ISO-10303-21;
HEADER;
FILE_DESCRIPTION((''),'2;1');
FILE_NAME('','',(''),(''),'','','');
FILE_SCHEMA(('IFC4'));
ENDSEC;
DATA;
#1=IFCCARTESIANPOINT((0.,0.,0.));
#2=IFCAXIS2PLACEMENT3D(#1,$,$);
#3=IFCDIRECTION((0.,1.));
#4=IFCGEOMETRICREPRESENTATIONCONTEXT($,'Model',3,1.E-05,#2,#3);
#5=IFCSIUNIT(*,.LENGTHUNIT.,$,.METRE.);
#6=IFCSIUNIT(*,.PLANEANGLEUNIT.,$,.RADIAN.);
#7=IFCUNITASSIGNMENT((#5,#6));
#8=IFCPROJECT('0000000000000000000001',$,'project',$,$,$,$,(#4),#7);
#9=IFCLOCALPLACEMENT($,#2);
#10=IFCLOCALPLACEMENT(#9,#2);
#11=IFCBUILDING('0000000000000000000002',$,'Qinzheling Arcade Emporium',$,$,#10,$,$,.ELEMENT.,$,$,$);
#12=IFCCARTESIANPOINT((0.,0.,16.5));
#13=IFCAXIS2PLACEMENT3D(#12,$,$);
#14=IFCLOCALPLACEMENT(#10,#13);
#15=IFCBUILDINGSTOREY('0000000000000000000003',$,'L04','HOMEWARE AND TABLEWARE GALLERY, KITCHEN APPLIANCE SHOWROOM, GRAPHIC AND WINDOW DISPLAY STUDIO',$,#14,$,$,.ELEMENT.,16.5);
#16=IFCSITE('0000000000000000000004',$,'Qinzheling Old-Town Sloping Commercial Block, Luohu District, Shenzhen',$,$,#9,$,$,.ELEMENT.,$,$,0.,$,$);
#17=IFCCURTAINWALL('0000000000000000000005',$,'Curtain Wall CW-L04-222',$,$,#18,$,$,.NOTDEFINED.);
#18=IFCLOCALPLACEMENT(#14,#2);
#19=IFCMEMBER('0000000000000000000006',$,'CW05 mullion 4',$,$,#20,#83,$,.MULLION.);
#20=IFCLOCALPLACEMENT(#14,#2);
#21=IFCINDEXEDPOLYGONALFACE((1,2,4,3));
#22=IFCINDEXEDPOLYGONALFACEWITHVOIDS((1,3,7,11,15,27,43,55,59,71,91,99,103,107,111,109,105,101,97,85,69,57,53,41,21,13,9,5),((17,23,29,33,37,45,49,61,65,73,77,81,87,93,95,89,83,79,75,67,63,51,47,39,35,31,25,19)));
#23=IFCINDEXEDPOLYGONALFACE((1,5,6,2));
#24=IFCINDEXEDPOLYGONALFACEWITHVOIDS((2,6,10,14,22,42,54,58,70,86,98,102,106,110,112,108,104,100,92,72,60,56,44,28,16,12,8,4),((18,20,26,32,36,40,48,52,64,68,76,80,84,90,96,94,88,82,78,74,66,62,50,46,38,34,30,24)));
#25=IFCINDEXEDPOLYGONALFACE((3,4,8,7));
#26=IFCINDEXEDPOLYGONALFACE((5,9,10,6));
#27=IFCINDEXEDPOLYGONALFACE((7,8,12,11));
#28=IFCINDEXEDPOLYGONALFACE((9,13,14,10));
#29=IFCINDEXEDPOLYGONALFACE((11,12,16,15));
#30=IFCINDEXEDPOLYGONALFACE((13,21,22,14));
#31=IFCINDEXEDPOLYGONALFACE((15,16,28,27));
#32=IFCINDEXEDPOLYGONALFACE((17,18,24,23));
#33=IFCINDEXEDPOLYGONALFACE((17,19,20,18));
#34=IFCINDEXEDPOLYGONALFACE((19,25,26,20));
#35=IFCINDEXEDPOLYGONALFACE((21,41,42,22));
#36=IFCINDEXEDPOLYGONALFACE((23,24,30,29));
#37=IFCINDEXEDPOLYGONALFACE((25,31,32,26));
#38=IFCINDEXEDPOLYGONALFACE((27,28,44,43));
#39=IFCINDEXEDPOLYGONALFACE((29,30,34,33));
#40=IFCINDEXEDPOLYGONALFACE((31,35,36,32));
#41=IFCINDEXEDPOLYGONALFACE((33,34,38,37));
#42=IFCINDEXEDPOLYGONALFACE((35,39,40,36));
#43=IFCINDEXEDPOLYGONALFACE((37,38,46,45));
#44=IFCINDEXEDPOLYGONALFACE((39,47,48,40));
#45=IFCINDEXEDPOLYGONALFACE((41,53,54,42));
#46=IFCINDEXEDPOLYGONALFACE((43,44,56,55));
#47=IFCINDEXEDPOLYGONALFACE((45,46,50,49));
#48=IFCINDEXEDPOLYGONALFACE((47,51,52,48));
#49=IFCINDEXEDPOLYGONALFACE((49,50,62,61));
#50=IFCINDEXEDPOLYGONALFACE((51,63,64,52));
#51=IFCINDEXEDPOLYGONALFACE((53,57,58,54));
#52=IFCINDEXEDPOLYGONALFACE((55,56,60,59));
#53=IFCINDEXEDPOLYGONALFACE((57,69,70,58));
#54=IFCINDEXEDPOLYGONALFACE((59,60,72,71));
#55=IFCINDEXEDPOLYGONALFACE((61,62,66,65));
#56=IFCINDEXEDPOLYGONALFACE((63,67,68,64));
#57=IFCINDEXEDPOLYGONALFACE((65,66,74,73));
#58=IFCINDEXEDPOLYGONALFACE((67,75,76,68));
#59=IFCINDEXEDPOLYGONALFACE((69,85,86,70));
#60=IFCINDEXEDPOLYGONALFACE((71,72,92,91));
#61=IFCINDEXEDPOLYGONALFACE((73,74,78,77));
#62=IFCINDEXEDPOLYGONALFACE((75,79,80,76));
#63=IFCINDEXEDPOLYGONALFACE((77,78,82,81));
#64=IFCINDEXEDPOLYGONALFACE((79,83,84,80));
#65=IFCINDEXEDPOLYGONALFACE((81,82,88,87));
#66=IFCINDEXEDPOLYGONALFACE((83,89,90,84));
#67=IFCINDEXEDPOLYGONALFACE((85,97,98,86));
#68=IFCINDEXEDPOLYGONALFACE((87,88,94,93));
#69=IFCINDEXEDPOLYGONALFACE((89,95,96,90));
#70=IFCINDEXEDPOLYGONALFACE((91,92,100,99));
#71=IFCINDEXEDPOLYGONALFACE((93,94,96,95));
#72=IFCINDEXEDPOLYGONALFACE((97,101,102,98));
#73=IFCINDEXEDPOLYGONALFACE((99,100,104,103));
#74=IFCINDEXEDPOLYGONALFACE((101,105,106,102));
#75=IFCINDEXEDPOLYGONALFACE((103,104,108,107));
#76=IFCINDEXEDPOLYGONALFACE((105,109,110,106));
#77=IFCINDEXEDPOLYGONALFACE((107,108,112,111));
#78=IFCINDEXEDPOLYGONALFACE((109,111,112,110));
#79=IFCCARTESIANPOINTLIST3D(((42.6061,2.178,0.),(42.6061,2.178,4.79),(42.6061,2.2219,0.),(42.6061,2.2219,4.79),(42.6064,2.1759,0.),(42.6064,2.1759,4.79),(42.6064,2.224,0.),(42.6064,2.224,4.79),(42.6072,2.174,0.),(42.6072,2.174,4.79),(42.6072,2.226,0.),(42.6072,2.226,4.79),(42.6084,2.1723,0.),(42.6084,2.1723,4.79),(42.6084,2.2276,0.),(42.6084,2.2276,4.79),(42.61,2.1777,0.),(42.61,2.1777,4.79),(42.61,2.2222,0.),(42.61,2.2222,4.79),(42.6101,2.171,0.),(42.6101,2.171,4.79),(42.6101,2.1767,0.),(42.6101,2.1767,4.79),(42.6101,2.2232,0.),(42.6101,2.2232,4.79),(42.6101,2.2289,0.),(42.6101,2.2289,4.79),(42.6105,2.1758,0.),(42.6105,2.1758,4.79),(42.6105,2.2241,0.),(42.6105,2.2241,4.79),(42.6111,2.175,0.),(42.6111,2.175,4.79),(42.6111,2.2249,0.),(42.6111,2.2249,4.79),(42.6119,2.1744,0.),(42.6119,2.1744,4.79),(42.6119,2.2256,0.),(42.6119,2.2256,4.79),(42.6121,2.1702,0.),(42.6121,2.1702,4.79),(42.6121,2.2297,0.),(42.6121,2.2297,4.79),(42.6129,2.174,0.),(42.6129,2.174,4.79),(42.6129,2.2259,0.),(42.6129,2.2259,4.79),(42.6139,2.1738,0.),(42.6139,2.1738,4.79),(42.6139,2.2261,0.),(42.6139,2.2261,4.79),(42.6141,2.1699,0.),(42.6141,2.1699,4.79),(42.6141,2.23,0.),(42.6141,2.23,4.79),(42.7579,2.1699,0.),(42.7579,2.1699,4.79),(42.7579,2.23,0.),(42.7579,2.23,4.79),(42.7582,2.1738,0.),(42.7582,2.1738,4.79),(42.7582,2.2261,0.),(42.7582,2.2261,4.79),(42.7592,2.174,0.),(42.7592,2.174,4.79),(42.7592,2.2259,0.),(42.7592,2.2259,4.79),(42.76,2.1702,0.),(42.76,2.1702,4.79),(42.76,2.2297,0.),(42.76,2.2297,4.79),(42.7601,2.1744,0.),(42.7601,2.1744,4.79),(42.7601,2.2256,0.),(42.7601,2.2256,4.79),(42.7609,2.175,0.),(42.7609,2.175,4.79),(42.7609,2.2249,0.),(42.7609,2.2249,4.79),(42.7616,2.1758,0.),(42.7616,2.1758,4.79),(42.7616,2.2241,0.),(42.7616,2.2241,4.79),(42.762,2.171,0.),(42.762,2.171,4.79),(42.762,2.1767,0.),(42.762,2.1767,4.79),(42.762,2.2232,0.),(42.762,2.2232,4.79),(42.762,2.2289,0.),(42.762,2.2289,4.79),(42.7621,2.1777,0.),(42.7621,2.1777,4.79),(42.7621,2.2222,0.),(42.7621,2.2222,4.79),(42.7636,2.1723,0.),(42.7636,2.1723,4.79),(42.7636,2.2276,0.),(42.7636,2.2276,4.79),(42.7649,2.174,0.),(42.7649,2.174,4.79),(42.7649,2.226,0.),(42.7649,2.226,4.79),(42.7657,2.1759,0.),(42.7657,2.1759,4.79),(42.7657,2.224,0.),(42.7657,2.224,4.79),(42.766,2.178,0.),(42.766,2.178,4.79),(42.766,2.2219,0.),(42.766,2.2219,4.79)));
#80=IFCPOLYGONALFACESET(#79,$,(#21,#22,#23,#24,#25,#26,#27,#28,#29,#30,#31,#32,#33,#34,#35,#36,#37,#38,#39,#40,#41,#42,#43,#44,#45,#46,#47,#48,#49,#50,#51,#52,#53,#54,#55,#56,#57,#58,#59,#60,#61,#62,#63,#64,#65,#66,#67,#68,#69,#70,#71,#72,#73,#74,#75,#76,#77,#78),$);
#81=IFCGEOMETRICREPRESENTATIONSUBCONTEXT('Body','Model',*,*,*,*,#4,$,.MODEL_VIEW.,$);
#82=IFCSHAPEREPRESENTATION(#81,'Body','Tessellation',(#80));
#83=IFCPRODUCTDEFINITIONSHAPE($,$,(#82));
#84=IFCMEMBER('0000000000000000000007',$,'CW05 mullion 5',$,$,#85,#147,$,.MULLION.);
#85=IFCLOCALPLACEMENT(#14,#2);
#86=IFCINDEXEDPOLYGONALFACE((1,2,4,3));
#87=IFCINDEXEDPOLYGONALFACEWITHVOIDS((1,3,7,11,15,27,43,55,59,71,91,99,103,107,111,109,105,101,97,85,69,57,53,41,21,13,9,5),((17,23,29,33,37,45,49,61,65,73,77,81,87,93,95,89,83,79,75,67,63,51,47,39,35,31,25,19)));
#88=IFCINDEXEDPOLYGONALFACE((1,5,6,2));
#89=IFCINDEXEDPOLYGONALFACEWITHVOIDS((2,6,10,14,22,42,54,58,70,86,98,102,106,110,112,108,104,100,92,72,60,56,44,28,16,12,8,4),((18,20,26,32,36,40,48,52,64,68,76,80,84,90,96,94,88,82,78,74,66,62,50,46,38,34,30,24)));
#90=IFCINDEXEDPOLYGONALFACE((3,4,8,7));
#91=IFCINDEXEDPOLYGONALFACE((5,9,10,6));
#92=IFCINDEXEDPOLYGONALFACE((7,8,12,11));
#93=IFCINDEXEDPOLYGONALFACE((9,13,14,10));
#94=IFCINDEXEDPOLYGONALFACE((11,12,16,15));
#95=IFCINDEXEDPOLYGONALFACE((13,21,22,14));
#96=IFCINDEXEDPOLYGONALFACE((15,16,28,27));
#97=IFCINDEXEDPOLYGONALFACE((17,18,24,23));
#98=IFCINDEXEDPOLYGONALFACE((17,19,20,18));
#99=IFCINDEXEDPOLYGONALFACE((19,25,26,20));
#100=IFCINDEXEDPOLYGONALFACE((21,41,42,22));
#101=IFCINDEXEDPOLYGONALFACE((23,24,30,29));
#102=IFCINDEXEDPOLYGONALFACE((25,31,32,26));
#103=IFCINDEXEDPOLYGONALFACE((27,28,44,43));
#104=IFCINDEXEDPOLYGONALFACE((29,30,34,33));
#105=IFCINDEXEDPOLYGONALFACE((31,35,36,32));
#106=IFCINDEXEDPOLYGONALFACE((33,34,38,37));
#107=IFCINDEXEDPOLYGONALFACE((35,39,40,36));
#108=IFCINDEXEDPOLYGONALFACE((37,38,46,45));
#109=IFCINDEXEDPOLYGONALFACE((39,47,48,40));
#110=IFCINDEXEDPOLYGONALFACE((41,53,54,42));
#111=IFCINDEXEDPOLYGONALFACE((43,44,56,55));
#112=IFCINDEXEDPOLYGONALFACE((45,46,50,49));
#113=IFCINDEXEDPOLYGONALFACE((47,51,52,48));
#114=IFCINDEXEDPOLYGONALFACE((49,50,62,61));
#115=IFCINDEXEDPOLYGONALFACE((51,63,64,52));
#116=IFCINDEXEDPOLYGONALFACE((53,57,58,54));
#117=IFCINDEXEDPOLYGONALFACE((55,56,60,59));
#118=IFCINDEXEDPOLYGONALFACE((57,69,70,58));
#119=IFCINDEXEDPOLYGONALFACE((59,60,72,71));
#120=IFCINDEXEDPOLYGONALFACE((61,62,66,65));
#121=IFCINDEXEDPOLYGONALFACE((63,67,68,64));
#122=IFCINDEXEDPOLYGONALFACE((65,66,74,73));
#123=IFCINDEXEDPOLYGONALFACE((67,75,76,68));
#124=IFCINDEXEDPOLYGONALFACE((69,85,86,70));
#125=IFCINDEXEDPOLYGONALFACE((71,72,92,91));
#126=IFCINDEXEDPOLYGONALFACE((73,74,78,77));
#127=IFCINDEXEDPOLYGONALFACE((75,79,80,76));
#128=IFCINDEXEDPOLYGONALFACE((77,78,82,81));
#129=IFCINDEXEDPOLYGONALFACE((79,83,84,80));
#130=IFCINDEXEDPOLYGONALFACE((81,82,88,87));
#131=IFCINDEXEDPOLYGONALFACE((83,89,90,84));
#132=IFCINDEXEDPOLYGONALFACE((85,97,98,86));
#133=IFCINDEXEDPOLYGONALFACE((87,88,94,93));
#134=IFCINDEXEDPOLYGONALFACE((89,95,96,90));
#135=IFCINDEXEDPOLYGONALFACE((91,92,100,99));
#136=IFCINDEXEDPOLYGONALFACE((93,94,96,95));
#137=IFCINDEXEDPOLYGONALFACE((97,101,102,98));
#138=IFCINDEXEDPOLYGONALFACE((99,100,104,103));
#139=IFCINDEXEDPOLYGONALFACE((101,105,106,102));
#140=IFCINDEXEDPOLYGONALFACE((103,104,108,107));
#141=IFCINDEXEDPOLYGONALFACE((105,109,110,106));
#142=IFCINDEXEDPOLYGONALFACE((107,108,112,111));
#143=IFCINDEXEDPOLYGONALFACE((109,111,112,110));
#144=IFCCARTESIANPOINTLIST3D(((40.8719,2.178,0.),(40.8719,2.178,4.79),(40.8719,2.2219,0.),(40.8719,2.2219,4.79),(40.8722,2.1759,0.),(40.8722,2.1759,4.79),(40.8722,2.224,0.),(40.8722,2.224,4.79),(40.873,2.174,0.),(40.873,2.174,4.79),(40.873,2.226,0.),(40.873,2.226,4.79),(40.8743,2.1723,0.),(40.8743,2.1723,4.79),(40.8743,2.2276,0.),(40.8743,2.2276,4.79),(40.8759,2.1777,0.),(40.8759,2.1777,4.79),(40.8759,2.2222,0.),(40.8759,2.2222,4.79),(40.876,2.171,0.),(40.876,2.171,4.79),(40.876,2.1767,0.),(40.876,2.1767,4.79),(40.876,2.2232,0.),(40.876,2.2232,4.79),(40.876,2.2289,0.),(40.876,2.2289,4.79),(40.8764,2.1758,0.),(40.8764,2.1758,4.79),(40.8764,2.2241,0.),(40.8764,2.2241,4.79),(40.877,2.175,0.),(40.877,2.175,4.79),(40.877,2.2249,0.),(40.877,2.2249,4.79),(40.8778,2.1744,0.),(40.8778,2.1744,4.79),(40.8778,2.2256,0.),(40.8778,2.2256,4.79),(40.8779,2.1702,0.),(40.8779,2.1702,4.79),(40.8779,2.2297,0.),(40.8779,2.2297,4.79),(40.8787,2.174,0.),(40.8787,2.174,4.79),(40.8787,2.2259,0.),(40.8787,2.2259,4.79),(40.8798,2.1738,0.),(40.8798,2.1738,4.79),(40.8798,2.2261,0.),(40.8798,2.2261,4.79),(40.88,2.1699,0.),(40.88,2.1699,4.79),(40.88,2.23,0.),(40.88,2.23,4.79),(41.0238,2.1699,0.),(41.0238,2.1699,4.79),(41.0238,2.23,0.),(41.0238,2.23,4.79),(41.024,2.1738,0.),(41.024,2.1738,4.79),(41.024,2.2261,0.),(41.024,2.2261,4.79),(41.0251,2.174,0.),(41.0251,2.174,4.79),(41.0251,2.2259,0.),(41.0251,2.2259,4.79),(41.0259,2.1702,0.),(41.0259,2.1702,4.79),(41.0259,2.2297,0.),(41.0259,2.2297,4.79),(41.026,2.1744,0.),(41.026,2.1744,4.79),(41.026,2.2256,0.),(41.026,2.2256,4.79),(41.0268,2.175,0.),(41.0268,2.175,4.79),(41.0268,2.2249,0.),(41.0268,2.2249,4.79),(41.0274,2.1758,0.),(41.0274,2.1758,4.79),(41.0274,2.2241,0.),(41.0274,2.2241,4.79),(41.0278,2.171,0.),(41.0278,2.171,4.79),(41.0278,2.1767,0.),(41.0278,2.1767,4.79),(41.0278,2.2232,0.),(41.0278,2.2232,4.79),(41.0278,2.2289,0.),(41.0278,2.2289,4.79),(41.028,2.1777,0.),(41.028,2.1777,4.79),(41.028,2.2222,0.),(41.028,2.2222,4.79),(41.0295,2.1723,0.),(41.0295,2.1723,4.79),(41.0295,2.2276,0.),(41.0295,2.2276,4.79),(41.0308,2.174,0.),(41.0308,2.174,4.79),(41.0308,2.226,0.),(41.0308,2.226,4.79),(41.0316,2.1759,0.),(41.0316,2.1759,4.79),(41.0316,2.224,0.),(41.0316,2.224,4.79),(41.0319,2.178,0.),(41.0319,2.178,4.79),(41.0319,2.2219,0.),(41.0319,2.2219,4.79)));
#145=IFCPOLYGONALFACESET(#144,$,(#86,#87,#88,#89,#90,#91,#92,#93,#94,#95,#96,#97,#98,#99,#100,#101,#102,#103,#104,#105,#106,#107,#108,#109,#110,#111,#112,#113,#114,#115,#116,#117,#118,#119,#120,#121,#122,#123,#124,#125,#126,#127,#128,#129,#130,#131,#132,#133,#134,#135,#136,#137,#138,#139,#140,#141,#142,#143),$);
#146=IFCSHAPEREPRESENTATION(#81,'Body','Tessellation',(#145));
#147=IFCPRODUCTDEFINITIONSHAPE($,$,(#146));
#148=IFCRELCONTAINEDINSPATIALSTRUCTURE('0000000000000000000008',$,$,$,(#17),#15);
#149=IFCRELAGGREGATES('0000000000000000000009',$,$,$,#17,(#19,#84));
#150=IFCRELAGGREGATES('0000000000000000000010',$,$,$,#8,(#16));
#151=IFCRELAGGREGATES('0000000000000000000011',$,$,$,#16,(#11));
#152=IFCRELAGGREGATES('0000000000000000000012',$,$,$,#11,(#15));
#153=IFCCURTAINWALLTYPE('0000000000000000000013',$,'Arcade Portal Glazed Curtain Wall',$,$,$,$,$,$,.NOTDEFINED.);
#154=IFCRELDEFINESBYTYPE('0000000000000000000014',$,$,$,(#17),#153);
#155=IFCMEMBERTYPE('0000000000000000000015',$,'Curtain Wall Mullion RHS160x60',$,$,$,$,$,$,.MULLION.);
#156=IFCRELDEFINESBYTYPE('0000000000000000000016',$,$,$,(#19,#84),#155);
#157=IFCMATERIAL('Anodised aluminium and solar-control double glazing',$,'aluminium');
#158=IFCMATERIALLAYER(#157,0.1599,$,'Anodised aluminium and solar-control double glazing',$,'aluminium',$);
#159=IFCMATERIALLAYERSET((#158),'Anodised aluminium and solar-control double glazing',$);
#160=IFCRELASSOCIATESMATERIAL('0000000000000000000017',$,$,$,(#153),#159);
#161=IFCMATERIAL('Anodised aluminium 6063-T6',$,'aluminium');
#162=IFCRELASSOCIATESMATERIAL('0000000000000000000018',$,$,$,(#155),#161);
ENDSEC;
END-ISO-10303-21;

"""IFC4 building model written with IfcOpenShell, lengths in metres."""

from ifc_helpers import new_model, si_unit, direction, frame, origin, origin_2d, place, context, subcontext, project, spatial, hollow_rectangle, extrude, material, layer, layer_set, material_profile, profile_set, type_object, element, aggregate, save


model = new_model("IFC4")

# Units and contexts
model_context = context("Model", 3, precision=1e-05, world=origin(), true_north=direction((0.0, 1.0)))
body_context = subcontext(model_context, "Body", "Model", "MODEL_VIEW")
ifc_project = project(units=[si_unit("LENGTHUNIT", "METRE"), si_unit("PLANEANGLEUNIT", "RADIAN")], contexts=[model_context])

# Site, building, storey
site_placement = place(None, origin())
site = spatial("IfcSite", under=ifc_project, at=site_placement, Name="Qinzheling Old-Town Sloping Commercial Block, Luohu District, Shenzhen", CompositionType="ELEMENT", RefElevation=0.0)
building_placement = place(site_placement, origin())
building = spatial("IfcBuilding", under=site, at=building_placement, Name="Qinzheling Arcade Emporium", CompositionType="ELEMENT")
storey_placement = place(building_placement, frame((0.0, 0.0, 16.5)))
storey = spatial("IfcBuildingStorey", under=building, at=storey_placement, Name="L04", Description="HOMEWARE AND TABLEWARE GALLERY, KITCHEN APPLIANCE SHOWROOM, GRAPHIC AND WINDOW DISPLAY STUDIO", CompositionType="ELEMENT", Elevation=16.5)

# Curtain wall, members
ifc_material_1 = material(Name="Anodised aluminium and solar-control double glazing", Category="aluminium")
ifc_layer_1 = layer(ifc_material_1, 0.1599, Name="Anodised aluminium and solar-control double glazing", Category="aluminium")
ifc_layer_set_1 = layer_set([ifc_layer_1], Name="Anodised aluminium and solar-control double glazing")
curtain_wall_type = type_object("IfcCurtainWallType", Name="Arcade Portal Glazed Curtain Wall", PredefinedType="NOTDEFINED", material=ifc_layer_set_1)
curtain_wall_1_placement = place(storey_placement, origin())
curtain_wall_1 = element("IfcCurtainWall", 1, at=curtain_wall_1_placement, inside=storey, type_object=curtain_wall_type, Name="Curtain Wall CW-L04-222", PredefinedType="NOTDEFINED")
ifc_material_2 = material(Name="Anodised aluminium 6063-T6", Category="aluminium")
ifc_material_profile_1 = material_profile(ifc_material_2, hollow_rectangle(XDim=0.0601, YDim=0.1599, WallThickness=0.0039, InnerFilletRadius=0.0039, OuterFilletRadius=0.0081, at=origin_2d()), Name="RHS 160x60x4", Category="aluminium")
ifc_profile_set_1 = profile_set([ifc_material_profile_1], Name="Anodised aluminium 6063-T6")
member_type_1 = type_object("IfcMemberType", Name="Curtain Wall Mullion RHS160x60", PredefinedType="MULLION", material=ifc_profile_set_1)
member_1_placement = place(storey_placement, frame((42.686, 2.2, 0.0), z_axis=(0.0, 0.0, 1.0), x_axis=(0.0, -1.0, 0.0)))
member_1 = element("IfcMember", 2, at=member_1_placement, type_object=member_type_1, Name="CW05 mullion 4", PredefinedType="MULLION", context=body_context, shape_type="SweptSolid", body=[
    extrude(hollow_rectangle(XDim=0.0601, YDim=0.1599, WallThickness=0.0039, InnerFilletRadius=0.0039, OuterFilletRadius=0.0081, at=origin_2d()), origin(), (0.0, 0.0, 1.0), 4.79),
])
member_2_placement = place(storey_placement, frame((40.9519, 2.2, 0.0), z_axis=(0.0, 0.0, 1.0), x_axis=(0.0, -1.0, 0.0)))
member_2 = element("IfcMember", 3, at=member_2_placement, type_object=member_type_1, Name="CW05 mullion 5", PredefinedType="MULLION", context=body_context, shape_type="SweptSolid", body=[
    extrude(hollow_rectangle(XDim=0.0601, YDim=0.1599, WallThickness=0.0039, InnerFilletRadius=0.0039, OuterFilletRadius=0.0081, at=origin_2d()), origin(), (0.0, 0.0, 1.0), 4.79),
])

aggregate(curtain_wall_1, [member_1, member_2])

save(model, "model.ifc")
